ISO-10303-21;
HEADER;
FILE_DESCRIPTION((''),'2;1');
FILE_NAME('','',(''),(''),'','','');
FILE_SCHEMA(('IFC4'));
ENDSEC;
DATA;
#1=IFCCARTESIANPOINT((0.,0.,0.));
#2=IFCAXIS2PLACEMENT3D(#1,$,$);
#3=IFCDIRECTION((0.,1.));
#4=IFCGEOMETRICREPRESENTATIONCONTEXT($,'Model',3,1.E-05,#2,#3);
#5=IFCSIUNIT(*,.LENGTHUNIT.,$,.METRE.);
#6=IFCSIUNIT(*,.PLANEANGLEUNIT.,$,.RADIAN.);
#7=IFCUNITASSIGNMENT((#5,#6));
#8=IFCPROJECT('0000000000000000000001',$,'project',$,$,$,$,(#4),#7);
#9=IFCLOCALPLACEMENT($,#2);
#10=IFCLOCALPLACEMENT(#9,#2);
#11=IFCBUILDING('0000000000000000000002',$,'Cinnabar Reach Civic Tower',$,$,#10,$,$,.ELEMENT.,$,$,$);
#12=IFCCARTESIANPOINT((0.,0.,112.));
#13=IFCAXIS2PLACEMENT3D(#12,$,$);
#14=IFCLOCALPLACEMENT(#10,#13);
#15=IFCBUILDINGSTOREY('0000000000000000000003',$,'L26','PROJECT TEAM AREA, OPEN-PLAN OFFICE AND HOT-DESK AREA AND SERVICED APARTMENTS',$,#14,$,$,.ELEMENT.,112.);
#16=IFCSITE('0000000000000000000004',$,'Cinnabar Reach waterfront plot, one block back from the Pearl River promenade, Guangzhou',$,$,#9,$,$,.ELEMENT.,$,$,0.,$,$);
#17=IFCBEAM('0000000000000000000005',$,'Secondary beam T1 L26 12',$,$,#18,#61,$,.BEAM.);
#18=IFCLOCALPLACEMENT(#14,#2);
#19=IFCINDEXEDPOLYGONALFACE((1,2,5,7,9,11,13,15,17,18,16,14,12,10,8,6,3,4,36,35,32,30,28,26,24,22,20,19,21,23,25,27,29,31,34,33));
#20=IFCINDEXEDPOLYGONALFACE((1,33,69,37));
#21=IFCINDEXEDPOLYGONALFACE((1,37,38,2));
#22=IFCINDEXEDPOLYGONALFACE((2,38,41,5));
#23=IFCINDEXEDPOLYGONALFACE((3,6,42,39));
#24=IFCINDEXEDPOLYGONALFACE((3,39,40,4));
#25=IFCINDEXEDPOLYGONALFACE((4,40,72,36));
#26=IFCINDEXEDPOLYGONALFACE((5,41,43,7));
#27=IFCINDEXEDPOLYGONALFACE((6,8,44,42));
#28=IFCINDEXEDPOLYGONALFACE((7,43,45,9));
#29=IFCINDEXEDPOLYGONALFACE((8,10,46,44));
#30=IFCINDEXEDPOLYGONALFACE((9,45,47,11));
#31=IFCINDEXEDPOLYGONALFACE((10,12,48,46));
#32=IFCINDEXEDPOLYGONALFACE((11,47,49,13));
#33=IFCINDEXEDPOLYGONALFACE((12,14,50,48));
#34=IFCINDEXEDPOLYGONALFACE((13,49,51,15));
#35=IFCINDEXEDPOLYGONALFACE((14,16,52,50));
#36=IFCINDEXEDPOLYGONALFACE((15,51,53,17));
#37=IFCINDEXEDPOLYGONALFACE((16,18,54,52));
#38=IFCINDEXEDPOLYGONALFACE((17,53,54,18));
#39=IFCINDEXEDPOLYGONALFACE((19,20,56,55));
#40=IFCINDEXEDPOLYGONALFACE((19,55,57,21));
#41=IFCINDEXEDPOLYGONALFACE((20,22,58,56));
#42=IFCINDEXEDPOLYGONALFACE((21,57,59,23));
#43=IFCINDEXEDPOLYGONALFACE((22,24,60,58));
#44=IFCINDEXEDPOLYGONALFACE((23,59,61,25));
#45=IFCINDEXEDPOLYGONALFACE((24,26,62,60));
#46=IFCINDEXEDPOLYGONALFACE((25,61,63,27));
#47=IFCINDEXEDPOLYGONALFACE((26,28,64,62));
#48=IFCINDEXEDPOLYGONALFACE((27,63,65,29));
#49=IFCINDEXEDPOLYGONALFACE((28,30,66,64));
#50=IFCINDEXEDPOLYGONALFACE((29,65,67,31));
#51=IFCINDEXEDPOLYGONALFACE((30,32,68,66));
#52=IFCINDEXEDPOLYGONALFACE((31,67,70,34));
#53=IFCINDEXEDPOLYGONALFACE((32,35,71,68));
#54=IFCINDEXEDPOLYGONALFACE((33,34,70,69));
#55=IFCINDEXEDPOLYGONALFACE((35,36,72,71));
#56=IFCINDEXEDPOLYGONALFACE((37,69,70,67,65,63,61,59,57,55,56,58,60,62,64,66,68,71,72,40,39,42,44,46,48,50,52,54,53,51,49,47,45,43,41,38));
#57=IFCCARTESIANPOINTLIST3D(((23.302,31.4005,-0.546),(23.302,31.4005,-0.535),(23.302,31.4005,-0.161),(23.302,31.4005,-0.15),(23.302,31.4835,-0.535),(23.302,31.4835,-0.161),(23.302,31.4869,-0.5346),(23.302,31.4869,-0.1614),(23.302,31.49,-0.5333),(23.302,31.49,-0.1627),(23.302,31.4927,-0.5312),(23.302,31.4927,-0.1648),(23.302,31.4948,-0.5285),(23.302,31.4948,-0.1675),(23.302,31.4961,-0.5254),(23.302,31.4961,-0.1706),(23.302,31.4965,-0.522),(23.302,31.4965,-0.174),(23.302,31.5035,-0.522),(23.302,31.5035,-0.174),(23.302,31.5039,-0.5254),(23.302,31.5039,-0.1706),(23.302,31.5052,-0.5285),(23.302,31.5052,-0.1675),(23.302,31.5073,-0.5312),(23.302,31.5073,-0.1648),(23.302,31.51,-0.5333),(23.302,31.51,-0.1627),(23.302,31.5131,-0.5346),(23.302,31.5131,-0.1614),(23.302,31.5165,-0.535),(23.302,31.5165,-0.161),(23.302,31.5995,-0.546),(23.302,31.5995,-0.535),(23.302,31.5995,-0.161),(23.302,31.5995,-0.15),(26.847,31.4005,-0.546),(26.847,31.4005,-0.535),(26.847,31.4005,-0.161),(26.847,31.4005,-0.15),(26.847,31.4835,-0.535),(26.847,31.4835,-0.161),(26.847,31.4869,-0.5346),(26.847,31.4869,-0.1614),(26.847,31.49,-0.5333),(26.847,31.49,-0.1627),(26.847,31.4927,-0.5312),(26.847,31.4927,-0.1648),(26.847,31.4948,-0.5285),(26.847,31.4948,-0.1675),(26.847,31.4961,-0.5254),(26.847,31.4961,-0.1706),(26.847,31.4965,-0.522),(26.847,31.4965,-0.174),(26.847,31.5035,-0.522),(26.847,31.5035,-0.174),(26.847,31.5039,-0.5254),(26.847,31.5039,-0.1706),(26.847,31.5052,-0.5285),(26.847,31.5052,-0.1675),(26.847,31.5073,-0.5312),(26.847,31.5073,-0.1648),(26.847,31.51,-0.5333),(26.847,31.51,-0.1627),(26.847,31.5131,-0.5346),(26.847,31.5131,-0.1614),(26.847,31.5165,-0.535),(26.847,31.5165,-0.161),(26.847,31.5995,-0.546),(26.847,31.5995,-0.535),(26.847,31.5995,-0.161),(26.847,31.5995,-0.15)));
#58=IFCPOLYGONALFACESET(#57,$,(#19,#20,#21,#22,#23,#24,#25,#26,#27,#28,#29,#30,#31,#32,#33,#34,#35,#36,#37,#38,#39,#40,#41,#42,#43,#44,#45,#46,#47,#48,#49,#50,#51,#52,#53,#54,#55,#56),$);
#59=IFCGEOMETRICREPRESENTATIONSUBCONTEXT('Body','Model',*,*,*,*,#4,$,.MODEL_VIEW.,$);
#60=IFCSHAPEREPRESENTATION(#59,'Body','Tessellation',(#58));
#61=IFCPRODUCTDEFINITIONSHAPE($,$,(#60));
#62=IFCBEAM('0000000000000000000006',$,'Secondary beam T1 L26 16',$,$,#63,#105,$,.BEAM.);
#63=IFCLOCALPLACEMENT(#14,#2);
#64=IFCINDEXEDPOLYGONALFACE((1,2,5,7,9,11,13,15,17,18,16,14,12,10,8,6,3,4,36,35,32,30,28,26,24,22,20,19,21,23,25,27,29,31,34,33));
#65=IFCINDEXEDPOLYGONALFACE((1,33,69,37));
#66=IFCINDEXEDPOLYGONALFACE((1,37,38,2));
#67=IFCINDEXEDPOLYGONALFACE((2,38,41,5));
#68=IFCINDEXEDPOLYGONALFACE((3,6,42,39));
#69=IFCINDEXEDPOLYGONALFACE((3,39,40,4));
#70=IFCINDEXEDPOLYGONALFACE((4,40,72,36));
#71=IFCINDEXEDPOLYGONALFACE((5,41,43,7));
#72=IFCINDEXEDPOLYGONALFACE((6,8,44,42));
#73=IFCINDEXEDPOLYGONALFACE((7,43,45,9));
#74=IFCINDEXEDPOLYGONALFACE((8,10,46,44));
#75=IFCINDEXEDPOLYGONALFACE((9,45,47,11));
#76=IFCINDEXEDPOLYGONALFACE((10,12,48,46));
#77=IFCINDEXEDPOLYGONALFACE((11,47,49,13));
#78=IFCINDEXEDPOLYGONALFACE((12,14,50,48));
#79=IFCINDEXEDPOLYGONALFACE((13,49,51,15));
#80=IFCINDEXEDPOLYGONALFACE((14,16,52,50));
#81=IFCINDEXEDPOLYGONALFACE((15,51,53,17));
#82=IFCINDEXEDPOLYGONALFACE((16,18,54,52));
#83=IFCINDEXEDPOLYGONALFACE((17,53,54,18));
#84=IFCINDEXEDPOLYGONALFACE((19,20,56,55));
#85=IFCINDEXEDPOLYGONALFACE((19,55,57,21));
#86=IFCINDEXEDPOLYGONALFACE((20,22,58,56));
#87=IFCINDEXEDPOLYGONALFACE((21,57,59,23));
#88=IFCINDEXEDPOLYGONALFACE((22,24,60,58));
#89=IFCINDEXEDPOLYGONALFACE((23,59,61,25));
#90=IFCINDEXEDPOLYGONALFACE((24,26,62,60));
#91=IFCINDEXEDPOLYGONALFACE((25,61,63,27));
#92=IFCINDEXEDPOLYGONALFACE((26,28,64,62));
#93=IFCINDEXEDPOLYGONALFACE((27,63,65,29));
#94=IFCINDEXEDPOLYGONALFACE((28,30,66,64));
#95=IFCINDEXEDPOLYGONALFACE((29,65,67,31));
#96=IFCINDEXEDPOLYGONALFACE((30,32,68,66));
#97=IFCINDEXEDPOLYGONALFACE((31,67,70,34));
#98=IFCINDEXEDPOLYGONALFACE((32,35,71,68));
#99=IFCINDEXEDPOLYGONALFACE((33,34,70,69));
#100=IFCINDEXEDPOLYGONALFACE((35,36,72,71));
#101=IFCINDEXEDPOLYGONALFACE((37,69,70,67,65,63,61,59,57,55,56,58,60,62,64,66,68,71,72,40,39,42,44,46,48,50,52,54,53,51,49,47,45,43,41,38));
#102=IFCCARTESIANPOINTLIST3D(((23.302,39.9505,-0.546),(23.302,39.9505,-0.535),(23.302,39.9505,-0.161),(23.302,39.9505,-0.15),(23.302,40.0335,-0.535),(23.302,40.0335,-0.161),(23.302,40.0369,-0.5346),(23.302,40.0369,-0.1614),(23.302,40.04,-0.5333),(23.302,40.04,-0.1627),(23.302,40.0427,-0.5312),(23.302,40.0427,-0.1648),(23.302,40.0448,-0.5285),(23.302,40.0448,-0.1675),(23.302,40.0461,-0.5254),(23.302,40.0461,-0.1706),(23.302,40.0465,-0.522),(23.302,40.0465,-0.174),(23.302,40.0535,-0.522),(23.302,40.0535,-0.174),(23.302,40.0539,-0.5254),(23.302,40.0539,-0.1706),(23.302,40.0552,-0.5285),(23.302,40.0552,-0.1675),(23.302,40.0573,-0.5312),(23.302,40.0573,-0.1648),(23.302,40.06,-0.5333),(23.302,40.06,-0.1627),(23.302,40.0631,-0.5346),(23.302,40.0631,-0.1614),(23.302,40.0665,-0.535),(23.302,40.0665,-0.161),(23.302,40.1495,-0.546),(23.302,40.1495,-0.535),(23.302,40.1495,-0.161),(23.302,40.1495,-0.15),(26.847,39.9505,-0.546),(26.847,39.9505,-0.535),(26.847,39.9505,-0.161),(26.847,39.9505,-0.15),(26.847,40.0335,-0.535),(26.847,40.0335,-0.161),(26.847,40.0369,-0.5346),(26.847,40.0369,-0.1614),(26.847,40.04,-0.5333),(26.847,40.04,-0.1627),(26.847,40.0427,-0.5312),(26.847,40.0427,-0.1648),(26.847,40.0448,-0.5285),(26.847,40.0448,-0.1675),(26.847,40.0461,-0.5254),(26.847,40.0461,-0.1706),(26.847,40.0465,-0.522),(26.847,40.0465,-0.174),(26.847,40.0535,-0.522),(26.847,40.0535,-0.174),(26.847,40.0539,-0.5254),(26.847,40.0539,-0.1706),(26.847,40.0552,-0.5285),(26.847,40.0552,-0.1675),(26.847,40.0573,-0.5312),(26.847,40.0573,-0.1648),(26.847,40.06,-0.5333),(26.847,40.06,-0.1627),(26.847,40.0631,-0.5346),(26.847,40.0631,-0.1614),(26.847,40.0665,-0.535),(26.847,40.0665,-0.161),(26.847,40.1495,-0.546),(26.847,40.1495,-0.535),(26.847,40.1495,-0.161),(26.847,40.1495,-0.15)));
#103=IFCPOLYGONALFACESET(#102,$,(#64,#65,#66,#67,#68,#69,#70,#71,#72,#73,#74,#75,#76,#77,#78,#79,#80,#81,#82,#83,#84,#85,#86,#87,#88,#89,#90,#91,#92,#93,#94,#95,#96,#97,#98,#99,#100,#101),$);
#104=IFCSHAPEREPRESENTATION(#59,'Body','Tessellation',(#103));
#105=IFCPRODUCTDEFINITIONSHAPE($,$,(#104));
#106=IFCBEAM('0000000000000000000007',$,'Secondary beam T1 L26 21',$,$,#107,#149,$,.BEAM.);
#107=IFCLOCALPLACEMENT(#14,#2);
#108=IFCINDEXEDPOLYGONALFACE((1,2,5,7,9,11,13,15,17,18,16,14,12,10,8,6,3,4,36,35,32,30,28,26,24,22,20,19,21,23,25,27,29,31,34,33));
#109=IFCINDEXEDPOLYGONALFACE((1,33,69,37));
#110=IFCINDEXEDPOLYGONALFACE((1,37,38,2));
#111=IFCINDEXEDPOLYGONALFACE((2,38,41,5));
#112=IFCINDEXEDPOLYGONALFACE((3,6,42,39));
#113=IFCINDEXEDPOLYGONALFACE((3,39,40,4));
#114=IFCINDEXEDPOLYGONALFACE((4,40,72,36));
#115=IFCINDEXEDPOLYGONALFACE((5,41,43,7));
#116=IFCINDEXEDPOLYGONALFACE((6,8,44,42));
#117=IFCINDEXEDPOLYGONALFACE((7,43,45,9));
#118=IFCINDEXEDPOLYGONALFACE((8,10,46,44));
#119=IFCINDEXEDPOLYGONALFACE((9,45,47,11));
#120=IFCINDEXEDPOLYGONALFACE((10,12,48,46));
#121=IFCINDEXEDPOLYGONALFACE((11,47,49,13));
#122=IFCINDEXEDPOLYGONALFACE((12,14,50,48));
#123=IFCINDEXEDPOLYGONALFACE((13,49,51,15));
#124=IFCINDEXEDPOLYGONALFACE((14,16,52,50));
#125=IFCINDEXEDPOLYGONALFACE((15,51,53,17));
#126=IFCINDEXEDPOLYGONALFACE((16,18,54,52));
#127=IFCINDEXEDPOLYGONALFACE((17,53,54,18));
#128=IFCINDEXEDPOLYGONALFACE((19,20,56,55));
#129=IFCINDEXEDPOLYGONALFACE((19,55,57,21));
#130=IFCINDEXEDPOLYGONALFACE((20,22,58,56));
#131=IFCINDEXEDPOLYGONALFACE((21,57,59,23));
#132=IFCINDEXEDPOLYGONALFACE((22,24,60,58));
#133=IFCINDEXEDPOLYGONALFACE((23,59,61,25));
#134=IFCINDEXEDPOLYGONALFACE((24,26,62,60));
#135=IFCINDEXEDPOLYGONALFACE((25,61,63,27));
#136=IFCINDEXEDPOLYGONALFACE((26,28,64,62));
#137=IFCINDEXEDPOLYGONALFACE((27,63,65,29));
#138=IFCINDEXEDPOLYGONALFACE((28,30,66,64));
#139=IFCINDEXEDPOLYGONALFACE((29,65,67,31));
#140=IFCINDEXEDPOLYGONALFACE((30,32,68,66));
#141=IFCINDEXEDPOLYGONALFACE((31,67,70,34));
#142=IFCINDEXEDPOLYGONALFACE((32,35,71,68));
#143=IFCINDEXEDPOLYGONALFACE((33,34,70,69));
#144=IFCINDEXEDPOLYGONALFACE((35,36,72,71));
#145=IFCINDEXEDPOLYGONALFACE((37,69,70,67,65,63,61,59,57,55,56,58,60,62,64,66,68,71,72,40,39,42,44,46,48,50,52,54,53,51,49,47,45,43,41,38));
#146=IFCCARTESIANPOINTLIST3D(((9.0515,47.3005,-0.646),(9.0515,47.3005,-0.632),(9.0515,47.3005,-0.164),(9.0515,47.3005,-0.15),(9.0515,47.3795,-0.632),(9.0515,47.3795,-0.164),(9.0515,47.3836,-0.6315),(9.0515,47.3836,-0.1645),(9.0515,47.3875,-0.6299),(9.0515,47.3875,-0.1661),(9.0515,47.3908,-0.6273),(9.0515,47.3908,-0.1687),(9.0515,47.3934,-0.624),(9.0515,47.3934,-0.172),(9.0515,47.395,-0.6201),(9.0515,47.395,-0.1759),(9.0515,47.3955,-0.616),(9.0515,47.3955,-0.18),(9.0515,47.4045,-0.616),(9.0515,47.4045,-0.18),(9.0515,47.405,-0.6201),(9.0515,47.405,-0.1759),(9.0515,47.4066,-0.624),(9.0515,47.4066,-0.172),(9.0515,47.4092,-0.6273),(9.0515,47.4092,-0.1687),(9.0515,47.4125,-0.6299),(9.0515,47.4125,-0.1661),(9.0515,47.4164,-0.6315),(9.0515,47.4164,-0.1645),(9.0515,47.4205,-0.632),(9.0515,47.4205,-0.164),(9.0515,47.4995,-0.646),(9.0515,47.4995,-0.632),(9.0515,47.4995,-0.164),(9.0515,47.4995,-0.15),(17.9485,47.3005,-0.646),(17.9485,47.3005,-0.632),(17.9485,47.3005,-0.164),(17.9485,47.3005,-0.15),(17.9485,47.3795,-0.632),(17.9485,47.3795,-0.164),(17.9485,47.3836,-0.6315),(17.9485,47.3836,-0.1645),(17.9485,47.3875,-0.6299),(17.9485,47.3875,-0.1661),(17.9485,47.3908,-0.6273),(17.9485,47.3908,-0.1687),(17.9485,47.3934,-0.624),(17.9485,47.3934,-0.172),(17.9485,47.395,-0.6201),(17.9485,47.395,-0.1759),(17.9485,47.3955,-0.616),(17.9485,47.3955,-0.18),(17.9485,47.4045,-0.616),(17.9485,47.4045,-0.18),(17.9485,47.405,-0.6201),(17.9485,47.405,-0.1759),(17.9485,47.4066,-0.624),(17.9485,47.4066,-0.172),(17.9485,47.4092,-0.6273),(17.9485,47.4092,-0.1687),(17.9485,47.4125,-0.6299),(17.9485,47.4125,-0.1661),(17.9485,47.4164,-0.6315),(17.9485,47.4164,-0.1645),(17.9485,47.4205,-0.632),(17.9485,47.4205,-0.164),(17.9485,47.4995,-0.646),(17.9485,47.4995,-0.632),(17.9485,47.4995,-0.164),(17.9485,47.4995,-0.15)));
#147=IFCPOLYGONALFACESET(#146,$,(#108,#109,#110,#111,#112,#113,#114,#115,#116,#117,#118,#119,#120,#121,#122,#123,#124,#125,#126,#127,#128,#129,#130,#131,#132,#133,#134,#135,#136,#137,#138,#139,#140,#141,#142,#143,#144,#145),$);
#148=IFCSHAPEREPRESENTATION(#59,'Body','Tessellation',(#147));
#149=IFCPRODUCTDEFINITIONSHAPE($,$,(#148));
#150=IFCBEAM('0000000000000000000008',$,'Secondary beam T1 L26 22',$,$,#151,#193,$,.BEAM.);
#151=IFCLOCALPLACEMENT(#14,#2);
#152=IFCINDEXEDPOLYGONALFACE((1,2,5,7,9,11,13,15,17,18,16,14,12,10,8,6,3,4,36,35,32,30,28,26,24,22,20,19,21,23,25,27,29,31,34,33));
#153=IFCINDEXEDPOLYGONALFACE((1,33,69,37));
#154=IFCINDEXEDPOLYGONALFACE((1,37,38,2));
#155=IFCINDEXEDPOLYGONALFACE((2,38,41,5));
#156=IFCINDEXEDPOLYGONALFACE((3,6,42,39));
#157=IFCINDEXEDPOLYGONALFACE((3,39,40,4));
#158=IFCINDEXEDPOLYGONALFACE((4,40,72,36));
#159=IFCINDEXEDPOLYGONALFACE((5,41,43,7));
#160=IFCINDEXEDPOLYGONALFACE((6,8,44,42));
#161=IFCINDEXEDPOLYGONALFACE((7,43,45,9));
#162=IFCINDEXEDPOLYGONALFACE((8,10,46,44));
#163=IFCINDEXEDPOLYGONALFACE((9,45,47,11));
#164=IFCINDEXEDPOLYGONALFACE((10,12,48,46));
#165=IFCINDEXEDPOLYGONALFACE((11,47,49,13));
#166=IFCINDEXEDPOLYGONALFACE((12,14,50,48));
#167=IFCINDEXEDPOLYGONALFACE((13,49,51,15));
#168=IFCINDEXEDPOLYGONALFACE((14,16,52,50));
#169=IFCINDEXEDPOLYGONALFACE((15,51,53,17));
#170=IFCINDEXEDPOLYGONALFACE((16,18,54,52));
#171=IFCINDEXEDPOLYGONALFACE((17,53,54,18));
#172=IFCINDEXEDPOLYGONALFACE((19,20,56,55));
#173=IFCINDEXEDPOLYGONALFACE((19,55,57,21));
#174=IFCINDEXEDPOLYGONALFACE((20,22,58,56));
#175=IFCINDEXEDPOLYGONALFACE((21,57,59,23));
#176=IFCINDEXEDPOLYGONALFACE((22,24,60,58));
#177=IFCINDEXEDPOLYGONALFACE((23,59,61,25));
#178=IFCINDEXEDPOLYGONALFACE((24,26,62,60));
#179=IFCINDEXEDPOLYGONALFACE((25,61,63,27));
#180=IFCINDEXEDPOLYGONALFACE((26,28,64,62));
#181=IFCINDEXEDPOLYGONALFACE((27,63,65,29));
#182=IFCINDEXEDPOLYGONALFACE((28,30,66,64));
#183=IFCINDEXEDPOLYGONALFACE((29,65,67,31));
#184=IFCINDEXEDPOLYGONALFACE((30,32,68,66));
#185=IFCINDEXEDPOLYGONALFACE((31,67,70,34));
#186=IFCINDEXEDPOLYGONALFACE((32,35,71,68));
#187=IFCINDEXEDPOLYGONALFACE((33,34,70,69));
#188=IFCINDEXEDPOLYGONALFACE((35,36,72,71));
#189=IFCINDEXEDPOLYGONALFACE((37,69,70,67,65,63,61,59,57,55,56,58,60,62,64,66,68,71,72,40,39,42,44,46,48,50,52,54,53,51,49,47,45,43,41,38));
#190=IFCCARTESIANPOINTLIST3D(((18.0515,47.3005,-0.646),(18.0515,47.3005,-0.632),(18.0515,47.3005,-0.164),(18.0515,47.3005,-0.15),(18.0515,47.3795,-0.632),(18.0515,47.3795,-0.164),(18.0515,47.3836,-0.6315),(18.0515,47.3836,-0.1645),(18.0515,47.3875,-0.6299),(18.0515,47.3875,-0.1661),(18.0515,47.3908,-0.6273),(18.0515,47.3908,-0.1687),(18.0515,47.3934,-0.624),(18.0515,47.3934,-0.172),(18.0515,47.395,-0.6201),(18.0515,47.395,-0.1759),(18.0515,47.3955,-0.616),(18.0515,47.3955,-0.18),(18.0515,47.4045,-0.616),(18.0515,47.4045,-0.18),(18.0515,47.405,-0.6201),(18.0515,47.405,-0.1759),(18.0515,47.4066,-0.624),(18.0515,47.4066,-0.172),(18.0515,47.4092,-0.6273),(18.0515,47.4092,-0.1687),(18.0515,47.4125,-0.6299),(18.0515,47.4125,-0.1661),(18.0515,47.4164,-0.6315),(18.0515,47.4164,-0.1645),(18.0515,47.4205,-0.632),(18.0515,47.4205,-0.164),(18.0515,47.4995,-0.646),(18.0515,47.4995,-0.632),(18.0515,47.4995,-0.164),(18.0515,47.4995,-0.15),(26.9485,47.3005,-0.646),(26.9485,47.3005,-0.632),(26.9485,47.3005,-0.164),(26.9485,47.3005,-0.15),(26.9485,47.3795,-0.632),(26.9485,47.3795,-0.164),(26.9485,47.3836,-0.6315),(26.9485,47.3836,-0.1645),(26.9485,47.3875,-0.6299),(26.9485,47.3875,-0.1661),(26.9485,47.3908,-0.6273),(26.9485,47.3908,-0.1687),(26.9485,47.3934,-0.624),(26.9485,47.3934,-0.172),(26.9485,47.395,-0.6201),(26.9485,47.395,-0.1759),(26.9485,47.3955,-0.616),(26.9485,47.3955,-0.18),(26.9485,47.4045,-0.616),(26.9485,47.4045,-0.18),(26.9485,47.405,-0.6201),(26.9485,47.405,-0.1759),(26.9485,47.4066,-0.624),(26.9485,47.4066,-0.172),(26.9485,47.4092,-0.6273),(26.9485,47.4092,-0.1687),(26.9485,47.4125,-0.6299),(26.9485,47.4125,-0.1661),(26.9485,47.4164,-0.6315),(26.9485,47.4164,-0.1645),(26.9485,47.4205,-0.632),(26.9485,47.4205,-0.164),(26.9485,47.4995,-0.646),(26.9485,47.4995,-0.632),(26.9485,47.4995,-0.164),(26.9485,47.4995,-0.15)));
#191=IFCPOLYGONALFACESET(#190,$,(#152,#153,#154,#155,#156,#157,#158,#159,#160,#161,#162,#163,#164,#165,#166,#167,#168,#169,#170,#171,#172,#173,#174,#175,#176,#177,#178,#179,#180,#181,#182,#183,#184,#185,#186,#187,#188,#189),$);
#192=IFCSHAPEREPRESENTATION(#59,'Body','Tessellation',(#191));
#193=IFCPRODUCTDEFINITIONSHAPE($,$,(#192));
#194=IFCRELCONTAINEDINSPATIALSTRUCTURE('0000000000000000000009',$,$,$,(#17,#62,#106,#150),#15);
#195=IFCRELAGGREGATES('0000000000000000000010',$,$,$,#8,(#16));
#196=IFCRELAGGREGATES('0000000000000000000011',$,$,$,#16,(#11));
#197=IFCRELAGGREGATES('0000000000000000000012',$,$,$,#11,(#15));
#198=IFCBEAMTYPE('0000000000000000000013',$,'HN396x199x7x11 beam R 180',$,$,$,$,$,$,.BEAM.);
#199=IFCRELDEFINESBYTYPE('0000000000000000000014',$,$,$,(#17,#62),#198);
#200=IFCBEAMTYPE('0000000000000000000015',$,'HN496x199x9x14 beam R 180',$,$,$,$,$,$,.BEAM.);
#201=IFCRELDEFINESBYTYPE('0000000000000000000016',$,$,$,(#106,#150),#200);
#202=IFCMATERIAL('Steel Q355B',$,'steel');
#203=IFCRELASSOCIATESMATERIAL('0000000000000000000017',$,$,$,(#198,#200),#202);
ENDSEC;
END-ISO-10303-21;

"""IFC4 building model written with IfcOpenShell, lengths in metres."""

from ifc_helpers import new_model, si_unit, direction, frame, origin, origin_2d, place, context, subcontext, project, spatial, i_section, extrude, material, material_profile, profile_set, type_object, element, save


model = new_model("IFC4")

# Units and contexts
model_context = context("Model", 3, precision=1e-05, world=origin(), true_north=direction((0.0, 1.0)))
body_context = subcontext(model_context, "Body", "Model", "MODEL_VIEW")
ifc_project = project(units=[si_unit("LENGTHUNIT", "METRE"), si_unit("PLANEANGLEUNIT", "RADIAN")], contexts=[model_context])

# Site, building, storey
site_placement = place(None, origin())
site = spatial("IfcSite", under=ifc_project, at=site_placement, Name="Cinnabar Reach waterfront plot, one block back from the Pearl River promenade, Guangzhou", CompositionType="ELEMENT", RefElevation=0.0)
building_placement = place(site_placement, origin())
building = spatial("IfcBuilding", under=site, at=building_placement, Name="Cinnabar Reach Civic Tower", CompositionType="ELEMENT")
storey_placement = place(building_placement, frame((0.0, 0.0, 112.0)))
storey = spatial("IfcBuildingStorey", under=building, at=storey_placement, Name="L26", Description="PROJECT TEAM AREA, OPEN-PLAN OFFICE AND HOT-DESK AREA AND SERVICED APARTMENTS", CompositionType="ELEMENT", Elevation=112.0)

# Beams
ifc_material_1 = material(Name="Steel Q355B", Category="steel")
ifc_material_profile_1 = material_profile(ifc_material_1, i_section(OverallWidth=0.199, OverallDepth=0.396, WebThickness=0.007, FlangeThickness=0.011, FilletRadius=0.013, at=origin_2d()), Name="HN396x199x7x11")
ifc_profile_set_1 = profile_set([ifc_material_profile_1], Name="Steel Q355B")
beam_type_1 = type_object("IfcBeamType", Name="HN396x199x7x11 beam R 180", PredefinedType="BEAM", material=ifc_profile_set_1)
for number, where, z_axis, x_axis, name in (
    (1, (23.302, 31.5, -0.348), (1.0, 0.0, 0.0), (0.0, 1.0, 0.0), "Secondary beam T1 L26 12"),
    (2, (23.302, 40.05, -0.348), (1.0, 0.0, 0.0), (0.0, 1.0, 0.0), "Secondary beam T1 L26 16"),
):
    element("IfcBeam", number, at=place(storey_placement, frame(where, z_axis=z_axis, x_axis=x_axis)), inside=storey, type_object=beam_type_1, Name=name, PredefinedType="BEAM", context=body_context, shape_type="SweptSolid", body=[
        extrude(i_section(OverallWidth=0.199, OverallDepth=0.396, WebThickness=0.007, FlangeThickness=0.011, FilletRadius=0.013, at=origin_2d()), origin(), (0.0, 0.0, 1.0), 3.545),
    ])
ifc_material_profile_2 = material_profile(ifc_material_1, i_section(OverallWidth=0.199, OverallDepth=0.496, WebThickness=0.009, FlangeThickness=0.014, FilletRadius=0.016, at=origin_2d()), Name="HN496x199x9x14")
ifc_profile_set_2 = profile_set([ifc_material_profile_2], Name="Steel Q355B")
beam_type_2 = type_object("IfcBeamType", Name="HN496x199x9x14 beam R 180", PredefinedType="BEAM", material=ifc_profile_set_2)
for number, where, z_axis, x_axis, name in (
    (3, (9.0515, 47.4, -0.398), (1.0, 0.0, 0.0), (0.0, 1.0, 0.0), "Secondary beam T1 L26 21"),
    (4, (18.0515, 47.4, -0.398), (1.0, 0.0, 0.0), (0.0, 1.0, 0.0), "Secondary beam T1 L26 22"),
):
    element("IfcBeam", number, at=place(storey_placement, frame(where, z_axis=z_axis, x_axis=x_axis)), inside=storey, type_object=beam_type_2, Name=name, PredefinedType="BEAM", context=body_context, shape_type="SweptSolid", body=[
        extrude(i_section(OverallWidth=0.199, OverallDepth=0.496, WebThickness=0.009, FlangeThickness=0.014, FilletRadius=0.016, at=origin_2d()), origin(), (0.0, 0.0, 1.0), 8.897),
    ])

save(model, "model.ifc")
